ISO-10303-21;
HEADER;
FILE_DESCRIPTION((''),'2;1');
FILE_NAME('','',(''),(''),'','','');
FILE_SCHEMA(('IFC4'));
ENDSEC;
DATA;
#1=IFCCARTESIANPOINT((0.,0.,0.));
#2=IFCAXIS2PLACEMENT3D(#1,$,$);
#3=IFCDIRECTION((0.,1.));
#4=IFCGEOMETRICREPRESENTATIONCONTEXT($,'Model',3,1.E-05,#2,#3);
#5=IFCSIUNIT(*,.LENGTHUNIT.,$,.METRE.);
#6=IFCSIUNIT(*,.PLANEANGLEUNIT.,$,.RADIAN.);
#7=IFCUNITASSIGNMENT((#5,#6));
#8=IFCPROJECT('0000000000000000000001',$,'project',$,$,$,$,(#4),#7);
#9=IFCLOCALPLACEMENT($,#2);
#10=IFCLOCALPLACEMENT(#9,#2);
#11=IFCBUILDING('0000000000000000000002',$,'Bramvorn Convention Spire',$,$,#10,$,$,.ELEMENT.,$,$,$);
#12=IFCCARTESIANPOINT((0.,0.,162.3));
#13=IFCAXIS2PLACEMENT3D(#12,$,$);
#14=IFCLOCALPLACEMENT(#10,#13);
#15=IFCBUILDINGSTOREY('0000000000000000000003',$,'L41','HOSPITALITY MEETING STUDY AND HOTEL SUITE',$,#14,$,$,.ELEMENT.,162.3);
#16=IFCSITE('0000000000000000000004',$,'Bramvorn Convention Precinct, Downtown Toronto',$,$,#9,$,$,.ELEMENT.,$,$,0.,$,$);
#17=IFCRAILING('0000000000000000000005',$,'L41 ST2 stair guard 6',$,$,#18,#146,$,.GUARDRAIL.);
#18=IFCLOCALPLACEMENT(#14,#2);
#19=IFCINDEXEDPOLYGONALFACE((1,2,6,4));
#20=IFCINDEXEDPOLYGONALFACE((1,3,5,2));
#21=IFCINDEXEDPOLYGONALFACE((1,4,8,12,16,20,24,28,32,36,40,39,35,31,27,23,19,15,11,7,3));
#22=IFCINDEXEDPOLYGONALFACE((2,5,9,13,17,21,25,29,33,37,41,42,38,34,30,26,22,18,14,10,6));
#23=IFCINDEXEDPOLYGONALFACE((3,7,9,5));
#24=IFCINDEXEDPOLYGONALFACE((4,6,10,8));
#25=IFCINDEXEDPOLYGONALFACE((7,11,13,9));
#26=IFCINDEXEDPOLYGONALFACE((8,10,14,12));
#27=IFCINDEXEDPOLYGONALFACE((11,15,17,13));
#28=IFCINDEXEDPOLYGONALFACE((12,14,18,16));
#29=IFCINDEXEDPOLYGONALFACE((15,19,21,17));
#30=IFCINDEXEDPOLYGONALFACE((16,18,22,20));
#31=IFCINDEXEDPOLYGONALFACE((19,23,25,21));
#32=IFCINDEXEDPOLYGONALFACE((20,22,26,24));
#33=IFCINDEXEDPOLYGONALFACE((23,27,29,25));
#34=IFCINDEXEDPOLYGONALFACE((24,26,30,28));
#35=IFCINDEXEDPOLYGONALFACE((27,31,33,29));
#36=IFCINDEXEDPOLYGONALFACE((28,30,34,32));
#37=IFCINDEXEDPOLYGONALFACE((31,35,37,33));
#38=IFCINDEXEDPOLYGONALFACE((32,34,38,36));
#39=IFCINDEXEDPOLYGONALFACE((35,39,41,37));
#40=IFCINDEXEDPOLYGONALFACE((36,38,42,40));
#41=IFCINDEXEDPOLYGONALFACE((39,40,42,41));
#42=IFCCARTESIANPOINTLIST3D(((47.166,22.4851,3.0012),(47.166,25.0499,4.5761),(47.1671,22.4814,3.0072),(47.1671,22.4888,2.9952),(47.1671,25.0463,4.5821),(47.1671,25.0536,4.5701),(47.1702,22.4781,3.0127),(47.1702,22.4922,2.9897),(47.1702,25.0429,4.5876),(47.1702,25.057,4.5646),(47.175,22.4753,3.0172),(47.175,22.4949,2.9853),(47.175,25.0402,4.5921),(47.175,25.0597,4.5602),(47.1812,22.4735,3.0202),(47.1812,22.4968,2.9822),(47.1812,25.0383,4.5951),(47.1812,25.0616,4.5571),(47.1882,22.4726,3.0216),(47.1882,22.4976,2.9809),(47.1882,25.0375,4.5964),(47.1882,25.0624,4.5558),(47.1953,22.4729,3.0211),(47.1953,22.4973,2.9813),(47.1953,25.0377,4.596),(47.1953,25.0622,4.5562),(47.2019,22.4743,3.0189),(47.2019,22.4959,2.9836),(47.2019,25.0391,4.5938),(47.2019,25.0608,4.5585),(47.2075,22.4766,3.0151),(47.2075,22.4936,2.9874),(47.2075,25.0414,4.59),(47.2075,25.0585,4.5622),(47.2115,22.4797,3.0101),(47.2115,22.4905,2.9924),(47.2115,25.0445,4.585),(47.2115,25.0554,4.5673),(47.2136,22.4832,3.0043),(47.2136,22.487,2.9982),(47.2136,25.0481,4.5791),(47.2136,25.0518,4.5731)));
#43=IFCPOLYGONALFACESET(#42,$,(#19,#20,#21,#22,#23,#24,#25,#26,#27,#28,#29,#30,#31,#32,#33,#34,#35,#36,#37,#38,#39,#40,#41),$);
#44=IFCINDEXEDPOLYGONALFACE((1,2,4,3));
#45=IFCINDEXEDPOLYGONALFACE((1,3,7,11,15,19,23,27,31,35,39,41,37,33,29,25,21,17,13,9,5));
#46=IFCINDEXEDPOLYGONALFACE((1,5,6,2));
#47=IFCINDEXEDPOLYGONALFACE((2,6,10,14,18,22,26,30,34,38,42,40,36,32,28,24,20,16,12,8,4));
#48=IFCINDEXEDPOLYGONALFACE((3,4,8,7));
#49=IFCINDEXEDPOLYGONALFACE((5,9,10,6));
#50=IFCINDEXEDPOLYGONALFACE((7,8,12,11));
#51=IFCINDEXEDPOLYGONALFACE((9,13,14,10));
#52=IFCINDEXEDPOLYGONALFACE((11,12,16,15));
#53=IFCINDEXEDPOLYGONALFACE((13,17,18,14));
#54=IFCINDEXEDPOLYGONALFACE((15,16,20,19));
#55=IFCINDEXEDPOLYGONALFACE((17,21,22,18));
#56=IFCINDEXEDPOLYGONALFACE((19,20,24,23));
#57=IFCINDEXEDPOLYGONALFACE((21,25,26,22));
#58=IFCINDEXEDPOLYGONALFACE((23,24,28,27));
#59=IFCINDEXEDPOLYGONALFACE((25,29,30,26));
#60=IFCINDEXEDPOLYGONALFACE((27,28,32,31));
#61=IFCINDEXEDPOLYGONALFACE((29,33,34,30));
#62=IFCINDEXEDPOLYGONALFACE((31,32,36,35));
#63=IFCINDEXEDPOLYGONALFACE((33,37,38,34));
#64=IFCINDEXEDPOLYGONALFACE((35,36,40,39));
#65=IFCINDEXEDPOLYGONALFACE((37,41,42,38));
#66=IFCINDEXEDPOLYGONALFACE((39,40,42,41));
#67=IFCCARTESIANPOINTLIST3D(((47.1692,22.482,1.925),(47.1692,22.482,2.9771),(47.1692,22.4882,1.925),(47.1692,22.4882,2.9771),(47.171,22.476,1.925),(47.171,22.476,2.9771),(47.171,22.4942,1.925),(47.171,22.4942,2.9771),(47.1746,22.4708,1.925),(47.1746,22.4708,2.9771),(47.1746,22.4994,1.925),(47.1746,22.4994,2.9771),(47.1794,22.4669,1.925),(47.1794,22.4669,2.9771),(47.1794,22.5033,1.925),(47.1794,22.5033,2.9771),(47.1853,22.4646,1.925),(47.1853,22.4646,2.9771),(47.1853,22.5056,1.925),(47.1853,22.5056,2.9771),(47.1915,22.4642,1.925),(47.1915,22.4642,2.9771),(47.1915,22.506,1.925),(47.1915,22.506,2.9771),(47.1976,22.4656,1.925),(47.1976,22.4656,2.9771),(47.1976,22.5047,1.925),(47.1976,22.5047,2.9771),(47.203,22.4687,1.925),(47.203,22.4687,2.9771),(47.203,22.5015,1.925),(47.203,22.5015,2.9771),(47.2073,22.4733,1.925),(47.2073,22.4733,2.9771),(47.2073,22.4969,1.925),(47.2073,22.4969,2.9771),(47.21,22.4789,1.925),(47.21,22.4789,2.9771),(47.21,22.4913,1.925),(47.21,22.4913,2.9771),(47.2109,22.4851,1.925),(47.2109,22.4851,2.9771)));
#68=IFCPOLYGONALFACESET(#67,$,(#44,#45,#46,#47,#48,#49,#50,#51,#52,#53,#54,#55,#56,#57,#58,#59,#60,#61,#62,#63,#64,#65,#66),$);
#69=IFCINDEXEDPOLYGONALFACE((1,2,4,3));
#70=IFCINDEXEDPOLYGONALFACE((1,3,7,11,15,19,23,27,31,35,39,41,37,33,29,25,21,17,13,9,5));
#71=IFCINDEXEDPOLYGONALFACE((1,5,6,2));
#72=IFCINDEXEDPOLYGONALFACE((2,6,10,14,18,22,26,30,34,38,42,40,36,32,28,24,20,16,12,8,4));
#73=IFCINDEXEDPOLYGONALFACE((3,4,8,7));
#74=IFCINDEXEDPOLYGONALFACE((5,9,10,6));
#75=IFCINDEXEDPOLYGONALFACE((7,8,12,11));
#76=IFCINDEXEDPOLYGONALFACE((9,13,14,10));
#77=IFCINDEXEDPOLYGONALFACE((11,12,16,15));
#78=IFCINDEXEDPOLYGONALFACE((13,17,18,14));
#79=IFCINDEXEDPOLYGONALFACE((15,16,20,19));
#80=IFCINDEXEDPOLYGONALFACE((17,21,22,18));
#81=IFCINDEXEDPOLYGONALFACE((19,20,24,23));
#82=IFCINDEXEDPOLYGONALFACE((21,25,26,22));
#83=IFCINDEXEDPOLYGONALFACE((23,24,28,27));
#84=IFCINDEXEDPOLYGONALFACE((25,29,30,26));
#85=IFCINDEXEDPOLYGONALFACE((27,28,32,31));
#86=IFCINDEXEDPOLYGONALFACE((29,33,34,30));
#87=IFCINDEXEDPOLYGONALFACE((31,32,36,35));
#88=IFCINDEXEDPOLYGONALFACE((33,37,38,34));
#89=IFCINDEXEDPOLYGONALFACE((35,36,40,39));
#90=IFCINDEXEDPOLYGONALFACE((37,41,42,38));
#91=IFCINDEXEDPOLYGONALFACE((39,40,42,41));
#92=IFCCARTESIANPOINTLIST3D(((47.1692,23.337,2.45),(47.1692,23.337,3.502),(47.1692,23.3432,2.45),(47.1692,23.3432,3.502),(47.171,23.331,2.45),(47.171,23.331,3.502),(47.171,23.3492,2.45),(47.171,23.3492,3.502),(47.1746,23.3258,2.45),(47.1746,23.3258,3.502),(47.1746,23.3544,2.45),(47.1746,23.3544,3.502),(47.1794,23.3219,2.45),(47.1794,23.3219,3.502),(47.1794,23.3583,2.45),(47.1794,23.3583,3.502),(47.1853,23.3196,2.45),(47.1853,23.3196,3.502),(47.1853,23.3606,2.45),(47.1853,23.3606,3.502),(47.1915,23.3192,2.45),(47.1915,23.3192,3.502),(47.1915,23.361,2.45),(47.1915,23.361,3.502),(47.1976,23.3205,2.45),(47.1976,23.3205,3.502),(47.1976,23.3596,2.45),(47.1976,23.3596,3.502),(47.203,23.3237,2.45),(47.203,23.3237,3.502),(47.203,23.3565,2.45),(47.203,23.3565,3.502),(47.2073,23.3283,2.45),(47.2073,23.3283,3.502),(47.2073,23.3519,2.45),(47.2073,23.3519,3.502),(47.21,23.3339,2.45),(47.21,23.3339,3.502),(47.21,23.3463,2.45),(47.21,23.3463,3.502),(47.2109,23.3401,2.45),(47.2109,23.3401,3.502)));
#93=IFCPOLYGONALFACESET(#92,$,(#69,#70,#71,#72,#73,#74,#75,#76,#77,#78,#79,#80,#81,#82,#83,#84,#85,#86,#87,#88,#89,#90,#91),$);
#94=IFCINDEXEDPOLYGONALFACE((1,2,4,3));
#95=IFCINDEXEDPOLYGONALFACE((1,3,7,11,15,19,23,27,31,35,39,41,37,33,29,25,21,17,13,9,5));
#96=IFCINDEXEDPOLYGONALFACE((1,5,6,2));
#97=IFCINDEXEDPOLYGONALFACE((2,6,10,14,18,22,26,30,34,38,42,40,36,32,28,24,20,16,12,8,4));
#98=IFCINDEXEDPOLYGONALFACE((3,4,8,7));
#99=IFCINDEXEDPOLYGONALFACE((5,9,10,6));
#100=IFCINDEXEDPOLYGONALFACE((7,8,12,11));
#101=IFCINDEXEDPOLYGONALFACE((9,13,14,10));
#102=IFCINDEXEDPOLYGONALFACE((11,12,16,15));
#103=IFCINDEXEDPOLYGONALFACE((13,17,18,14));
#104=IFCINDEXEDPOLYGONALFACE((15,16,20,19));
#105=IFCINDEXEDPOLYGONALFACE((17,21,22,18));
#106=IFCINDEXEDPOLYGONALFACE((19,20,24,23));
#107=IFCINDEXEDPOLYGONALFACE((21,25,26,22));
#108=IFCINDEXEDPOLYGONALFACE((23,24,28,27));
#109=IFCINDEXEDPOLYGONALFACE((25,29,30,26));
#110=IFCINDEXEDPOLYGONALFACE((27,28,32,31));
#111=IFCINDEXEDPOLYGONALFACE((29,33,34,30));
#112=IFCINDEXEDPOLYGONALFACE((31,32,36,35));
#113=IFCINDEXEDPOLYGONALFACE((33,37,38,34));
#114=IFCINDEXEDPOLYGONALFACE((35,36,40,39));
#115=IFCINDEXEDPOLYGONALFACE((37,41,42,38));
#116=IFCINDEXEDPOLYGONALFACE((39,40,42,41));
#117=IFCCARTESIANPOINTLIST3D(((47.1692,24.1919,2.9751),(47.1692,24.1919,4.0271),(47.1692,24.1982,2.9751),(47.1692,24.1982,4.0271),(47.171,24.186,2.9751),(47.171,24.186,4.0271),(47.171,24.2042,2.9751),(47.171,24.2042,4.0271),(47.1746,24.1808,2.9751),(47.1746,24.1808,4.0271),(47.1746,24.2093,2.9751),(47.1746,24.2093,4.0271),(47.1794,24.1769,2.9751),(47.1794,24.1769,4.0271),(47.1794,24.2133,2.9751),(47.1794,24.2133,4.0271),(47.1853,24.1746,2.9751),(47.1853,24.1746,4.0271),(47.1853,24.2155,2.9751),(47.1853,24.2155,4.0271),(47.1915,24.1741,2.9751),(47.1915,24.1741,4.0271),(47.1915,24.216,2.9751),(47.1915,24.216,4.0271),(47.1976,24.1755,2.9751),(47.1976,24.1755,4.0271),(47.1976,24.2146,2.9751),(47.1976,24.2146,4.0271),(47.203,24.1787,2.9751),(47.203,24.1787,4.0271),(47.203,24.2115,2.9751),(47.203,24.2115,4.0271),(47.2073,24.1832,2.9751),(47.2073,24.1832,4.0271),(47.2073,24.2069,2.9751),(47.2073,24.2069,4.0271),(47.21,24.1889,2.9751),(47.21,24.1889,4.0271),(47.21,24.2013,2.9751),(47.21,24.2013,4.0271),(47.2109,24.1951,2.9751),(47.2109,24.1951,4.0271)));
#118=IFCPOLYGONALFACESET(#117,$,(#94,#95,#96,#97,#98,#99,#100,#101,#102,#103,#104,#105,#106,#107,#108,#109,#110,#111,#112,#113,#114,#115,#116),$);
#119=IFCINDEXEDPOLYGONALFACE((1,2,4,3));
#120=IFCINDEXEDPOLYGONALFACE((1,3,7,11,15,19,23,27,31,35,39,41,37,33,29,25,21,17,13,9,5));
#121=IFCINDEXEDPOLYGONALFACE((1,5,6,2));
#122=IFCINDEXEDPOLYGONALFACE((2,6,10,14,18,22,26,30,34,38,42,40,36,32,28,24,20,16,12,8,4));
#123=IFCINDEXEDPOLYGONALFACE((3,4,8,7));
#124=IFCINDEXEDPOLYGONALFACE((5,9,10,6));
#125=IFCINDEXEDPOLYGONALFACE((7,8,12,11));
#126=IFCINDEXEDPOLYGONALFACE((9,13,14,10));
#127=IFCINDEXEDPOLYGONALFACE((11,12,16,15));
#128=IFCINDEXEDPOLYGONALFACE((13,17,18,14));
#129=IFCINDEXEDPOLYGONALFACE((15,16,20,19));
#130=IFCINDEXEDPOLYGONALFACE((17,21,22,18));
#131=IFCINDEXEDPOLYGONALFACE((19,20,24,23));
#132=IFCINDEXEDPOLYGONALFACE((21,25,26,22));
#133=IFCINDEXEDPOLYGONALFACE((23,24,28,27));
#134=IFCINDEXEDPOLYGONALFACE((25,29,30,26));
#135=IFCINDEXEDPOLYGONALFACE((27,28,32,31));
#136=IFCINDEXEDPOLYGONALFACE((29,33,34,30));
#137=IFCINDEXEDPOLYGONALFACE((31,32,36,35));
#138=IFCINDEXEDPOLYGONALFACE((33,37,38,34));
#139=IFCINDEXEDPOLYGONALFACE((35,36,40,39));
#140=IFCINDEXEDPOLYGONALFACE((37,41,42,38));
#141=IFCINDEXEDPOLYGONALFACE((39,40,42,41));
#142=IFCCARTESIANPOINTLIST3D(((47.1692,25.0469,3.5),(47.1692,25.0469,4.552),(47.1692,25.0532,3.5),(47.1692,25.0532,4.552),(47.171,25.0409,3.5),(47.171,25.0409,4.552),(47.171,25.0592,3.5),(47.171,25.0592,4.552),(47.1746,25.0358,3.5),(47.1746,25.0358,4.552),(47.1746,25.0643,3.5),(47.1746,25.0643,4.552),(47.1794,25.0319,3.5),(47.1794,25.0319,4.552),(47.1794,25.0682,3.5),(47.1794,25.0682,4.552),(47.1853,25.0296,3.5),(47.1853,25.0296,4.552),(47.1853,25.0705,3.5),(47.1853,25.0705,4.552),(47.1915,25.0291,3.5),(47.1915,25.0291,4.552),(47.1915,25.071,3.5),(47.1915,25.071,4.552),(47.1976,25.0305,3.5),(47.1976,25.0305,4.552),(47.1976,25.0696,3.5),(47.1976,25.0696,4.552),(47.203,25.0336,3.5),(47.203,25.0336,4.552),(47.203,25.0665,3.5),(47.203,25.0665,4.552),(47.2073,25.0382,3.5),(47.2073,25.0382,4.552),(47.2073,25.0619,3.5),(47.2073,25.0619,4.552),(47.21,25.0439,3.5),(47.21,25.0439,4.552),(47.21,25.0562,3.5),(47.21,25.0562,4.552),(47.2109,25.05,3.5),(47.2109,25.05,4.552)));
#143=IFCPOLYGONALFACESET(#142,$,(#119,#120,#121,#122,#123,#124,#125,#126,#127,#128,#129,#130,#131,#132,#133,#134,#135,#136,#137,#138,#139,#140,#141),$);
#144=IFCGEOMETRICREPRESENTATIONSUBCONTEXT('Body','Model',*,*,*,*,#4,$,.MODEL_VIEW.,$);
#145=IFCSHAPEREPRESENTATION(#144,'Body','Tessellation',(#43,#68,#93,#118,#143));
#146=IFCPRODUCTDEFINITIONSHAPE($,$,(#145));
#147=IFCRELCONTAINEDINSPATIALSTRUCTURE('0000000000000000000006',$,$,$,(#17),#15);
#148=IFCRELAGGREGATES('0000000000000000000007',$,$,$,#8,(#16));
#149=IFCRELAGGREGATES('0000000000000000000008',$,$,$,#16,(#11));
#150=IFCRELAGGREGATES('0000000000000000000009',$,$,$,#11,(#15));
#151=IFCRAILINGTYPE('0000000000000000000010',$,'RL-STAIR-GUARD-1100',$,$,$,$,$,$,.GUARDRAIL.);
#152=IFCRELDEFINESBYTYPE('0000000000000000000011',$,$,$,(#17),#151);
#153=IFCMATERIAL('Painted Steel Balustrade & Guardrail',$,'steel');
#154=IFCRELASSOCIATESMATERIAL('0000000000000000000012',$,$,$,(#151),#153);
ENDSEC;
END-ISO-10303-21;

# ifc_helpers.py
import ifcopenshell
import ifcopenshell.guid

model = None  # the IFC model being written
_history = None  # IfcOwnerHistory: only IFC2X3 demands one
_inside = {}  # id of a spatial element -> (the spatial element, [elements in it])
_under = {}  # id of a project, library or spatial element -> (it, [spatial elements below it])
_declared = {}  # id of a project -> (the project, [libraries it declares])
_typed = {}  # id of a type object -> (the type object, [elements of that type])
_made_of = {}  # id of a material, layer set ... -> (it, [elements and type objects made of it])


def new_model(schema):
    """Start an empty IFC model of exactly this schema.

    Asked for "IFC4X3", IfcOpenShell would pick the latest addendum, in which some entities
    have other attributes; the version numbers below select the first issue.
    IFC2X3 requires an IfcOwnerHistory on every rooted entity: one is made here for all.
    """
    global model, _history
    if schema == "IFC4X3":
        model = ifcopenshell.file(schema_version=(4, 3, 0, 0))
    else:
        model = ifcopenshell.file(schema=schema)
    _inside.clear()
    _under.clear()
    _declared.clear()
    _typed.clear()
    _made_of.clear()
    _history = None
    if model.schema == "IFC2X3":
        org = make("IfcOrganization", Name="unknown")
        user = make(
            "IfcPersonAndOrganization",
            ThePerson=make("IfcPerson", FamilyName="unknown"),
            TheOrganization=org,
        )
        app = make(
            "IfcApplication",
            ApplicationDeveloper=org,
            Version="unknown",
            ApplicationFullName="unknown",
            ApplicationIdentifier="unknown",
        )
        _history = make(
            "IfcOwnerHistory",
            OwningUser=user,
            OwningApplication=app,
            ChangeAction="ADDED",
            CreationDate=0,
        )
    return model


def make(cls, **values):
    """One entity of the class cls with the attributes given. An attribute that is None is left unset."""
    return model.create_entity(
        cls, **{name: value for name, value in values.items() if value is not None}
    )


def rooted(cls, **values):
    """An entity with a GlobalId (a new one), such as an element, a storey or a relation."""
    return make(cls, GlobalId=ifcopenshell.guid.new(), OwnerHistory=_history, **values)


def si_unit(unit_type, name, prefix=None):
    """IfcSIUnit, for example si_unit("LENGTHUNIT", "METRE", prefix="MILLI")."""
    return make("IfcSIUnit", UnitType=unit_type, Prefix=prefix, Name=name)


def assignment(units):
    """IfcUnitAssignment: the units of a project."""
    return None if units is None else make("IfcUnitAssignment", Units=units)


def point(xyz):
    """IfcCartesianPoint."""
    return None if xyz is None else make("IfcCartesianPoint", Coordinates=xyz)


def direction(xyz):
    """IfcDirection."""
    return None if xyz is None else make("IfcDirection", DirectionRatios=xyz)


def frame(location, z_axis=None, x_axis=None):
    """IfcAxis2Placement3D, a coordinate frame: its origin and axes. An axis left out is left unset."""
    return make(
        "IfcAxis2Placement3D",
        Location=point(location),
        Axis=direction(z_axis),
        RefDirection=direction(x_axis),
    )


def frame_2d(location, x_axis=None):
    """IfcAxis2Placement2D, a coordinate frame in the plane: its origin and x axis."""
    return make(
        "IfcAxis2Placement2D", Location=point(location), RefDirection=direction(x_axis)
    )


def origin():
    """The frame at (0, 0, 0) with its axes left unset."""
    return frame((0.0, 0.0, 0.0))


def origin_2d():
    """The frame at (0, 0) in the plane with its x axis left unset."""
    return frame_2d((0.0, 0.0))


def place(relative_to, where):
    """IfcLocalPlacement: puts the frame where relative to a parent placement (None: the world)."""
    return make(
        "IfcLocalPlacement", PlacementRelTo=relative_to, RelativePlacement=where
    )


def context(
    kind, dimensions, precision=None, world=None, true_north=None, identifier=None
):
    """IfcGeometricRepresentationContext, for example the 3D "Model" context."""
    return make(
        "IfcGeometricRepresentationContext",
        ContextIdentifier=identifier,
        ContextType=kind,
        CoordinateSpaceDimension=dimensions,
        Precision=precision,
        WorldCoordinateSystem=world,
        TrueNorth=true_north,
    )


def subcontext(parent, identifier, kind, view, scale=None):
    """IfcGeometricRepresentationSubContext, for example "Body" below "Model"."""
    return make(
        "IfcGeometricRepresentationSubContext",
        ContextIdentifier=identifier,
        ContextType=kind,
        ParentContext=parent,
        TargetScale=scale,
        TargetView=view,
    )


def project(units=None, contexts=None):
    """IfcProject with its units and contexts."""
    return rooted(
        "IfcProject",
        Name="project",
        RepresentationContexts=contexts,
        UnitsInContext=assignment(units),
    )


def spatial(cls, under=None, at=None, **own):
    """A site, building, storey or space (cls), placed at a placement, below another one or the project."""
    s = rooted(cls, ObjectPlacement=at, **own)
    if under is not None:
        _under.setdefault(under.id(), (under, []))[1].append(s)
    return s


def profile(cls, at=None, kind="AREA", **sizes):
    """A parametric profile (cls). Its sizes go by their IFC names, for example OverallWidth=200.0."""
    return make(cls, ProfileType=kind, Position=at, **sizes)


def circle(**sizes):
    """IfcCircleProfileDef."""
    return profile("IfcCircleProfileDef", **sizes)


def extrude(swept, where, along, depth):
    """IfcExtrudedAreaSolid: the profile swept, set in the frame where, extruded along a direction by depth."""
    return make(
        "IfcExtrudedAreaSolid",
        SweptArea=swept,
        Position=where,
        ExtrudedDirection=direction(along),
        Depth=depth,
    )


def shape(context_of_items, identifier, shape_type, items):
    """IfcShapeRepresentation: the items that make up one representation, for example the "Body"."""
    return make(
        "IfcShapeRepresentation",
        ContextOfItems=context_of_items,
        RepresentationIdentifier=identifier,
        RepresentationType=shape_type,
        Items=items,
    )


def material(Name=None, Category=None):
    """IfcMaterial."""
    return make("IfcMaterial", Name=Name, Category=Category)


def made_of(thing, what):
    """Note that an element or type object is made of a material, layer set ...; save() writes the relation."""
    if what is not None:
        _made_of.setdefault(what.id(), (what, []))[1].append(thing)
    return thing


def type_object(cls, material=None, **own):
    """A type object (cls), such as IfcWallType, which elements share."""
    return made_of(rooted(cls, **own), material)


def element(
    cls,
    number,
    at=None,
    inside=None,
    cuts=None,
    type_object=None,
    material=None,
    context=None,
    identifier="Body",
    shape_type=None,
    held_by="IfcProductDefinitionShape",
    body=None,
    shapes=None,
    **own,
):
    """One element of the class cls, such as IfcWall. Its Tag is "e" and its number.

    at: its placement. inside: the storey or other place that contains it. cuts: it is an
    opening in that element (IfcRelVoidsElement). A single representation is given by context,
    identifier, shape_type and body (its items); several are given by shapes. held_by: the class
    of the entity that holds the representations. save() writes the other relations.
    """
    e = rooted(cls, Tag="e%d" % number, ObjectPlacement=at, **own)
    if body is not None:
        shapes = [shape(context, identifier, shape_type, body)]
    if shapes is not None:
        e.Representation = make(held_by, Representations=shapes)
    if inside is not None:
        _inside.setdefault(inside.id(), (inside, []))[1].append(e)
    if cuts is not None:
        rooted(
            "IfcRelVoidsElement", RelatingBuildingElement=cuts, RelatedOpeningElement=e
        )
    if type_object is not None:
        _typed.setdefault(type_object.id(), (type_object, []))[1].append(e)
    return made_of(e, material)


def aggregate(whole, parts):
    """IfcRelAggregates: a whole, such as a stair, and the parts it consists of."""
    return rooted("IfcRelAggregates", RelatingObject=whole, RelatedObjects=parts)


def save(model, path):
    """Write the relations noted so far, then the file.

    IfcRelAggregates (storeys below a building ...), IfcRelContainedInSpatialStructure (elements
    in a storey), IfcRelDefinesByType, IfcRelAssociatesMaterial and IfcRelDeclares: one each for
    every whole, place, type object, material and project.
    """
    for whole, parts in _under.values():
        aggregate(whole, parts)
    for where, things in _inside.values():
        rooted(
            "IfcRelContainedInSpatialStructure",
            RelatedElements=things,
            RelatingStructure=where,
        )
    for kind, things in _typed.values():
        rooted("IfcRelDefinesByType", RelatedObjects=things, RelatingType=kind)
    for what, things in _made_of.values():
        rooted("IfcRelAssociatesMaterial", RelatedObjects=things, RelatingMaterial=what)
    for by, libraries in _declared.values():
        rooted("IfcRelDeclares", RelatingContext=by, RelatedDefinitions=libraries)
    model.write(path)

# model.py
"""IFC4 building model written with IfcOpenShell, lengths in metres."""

from ifc_helpers import new_model, si_unit, direction, frame, origin, origin_2d, place, context, subcontext, project, spatial, circle, extrude, material, type_object, element, save


model = new_model("IFC4")

# Units and contexts
model_context = context("Model", 3, precision=1e-05, world=origin(), true_north=direction((0.0, 1.0)))
body_context = subcontext(model_context, "Body", "Model", "MODEL_VIEW")
ifc_project = project(units=[si_unit("LENGTHUNIT", "METRE"), si_unit("PLANEANGLEUNIT", "RADIAN")], contexts=[model_context])

# Site, building, storey
site_placement = place(None, origin())
site = spatial("IfcSite", under=ifc_project, at=site_placement, Name="Bramvorn Convention Precinct, Downtown Toronto", CompositionType="ELEMENT", RefElevation=0.0)
building_placement = place(site_placement, origin())
building = spatial("IfcBuilding", under=site, at=building_placement, Name="Bramvorn Convention Spire", CompositionType="ELEMENT")
storey_placement = place(building_placement, frame((0.0, 0.0, 162.3)))
storey = spatial("IfcBuildingStorey", under=building, at=storey_placement, Name="L41", Description="HOSPITALITY MEETING STUDY AND HOTEL SUITE", CompositionType="ELEMENT", Elevation=162.3)

# Railing
ifc_material_1 = material(Name="Painted Steel Balustrade & Guardrail", Category="steel")
railing_type_1 = type_object("IfcRailingType", Name="RL-STAIR-GUARD-1100", PredefinedType="GUARDRAIL", material=ifc_material_1)
railing_1_placement = place(storey_placement, frame((47.1899, 22.4851, 1.925)))
element("IfcRailing", 1, at=railing_1_placement, inside=storey, type_object=railing_type_1, Name="L41 ST2 stair guard 6", PredefinedType="GUARDRAIL", context=body_context, shape_type="SweptSolid", body=[
    extrude(circle(Radius=0.0239, at=origin_2d()), frame((0.0, 0.0, 1.0762), z_axis=(0.0, 0.852173, 0.52326), x_axis=(-1.0, 0.0, 0.0)), (0.0, 0.0, 1.0), 3.0098),
    extrude(circle(Radius=0.021, at=origin_2d()), origin(), (0.0, 0.0, 1.0), 1.052),
    extrude(circle(Radius=0.021, at=origin_2d()), frame((0.0, 0.855, 0.5249)), (0.0, 0.0, 1.0), 1.052),
    extrude(circle(Radius=0.021, at=origin_2d()), frame((0.0, 1.71, 1.05)), (0.0, 0.0, 1.0), 1.052),
    extrude(circle(Radius=0.021, at=origin_2d()), frame((0.0, 2.5649, 1.575)), (0.0, 0.0, 1.0), 1.052),
])

save(model, "model.ifc")
